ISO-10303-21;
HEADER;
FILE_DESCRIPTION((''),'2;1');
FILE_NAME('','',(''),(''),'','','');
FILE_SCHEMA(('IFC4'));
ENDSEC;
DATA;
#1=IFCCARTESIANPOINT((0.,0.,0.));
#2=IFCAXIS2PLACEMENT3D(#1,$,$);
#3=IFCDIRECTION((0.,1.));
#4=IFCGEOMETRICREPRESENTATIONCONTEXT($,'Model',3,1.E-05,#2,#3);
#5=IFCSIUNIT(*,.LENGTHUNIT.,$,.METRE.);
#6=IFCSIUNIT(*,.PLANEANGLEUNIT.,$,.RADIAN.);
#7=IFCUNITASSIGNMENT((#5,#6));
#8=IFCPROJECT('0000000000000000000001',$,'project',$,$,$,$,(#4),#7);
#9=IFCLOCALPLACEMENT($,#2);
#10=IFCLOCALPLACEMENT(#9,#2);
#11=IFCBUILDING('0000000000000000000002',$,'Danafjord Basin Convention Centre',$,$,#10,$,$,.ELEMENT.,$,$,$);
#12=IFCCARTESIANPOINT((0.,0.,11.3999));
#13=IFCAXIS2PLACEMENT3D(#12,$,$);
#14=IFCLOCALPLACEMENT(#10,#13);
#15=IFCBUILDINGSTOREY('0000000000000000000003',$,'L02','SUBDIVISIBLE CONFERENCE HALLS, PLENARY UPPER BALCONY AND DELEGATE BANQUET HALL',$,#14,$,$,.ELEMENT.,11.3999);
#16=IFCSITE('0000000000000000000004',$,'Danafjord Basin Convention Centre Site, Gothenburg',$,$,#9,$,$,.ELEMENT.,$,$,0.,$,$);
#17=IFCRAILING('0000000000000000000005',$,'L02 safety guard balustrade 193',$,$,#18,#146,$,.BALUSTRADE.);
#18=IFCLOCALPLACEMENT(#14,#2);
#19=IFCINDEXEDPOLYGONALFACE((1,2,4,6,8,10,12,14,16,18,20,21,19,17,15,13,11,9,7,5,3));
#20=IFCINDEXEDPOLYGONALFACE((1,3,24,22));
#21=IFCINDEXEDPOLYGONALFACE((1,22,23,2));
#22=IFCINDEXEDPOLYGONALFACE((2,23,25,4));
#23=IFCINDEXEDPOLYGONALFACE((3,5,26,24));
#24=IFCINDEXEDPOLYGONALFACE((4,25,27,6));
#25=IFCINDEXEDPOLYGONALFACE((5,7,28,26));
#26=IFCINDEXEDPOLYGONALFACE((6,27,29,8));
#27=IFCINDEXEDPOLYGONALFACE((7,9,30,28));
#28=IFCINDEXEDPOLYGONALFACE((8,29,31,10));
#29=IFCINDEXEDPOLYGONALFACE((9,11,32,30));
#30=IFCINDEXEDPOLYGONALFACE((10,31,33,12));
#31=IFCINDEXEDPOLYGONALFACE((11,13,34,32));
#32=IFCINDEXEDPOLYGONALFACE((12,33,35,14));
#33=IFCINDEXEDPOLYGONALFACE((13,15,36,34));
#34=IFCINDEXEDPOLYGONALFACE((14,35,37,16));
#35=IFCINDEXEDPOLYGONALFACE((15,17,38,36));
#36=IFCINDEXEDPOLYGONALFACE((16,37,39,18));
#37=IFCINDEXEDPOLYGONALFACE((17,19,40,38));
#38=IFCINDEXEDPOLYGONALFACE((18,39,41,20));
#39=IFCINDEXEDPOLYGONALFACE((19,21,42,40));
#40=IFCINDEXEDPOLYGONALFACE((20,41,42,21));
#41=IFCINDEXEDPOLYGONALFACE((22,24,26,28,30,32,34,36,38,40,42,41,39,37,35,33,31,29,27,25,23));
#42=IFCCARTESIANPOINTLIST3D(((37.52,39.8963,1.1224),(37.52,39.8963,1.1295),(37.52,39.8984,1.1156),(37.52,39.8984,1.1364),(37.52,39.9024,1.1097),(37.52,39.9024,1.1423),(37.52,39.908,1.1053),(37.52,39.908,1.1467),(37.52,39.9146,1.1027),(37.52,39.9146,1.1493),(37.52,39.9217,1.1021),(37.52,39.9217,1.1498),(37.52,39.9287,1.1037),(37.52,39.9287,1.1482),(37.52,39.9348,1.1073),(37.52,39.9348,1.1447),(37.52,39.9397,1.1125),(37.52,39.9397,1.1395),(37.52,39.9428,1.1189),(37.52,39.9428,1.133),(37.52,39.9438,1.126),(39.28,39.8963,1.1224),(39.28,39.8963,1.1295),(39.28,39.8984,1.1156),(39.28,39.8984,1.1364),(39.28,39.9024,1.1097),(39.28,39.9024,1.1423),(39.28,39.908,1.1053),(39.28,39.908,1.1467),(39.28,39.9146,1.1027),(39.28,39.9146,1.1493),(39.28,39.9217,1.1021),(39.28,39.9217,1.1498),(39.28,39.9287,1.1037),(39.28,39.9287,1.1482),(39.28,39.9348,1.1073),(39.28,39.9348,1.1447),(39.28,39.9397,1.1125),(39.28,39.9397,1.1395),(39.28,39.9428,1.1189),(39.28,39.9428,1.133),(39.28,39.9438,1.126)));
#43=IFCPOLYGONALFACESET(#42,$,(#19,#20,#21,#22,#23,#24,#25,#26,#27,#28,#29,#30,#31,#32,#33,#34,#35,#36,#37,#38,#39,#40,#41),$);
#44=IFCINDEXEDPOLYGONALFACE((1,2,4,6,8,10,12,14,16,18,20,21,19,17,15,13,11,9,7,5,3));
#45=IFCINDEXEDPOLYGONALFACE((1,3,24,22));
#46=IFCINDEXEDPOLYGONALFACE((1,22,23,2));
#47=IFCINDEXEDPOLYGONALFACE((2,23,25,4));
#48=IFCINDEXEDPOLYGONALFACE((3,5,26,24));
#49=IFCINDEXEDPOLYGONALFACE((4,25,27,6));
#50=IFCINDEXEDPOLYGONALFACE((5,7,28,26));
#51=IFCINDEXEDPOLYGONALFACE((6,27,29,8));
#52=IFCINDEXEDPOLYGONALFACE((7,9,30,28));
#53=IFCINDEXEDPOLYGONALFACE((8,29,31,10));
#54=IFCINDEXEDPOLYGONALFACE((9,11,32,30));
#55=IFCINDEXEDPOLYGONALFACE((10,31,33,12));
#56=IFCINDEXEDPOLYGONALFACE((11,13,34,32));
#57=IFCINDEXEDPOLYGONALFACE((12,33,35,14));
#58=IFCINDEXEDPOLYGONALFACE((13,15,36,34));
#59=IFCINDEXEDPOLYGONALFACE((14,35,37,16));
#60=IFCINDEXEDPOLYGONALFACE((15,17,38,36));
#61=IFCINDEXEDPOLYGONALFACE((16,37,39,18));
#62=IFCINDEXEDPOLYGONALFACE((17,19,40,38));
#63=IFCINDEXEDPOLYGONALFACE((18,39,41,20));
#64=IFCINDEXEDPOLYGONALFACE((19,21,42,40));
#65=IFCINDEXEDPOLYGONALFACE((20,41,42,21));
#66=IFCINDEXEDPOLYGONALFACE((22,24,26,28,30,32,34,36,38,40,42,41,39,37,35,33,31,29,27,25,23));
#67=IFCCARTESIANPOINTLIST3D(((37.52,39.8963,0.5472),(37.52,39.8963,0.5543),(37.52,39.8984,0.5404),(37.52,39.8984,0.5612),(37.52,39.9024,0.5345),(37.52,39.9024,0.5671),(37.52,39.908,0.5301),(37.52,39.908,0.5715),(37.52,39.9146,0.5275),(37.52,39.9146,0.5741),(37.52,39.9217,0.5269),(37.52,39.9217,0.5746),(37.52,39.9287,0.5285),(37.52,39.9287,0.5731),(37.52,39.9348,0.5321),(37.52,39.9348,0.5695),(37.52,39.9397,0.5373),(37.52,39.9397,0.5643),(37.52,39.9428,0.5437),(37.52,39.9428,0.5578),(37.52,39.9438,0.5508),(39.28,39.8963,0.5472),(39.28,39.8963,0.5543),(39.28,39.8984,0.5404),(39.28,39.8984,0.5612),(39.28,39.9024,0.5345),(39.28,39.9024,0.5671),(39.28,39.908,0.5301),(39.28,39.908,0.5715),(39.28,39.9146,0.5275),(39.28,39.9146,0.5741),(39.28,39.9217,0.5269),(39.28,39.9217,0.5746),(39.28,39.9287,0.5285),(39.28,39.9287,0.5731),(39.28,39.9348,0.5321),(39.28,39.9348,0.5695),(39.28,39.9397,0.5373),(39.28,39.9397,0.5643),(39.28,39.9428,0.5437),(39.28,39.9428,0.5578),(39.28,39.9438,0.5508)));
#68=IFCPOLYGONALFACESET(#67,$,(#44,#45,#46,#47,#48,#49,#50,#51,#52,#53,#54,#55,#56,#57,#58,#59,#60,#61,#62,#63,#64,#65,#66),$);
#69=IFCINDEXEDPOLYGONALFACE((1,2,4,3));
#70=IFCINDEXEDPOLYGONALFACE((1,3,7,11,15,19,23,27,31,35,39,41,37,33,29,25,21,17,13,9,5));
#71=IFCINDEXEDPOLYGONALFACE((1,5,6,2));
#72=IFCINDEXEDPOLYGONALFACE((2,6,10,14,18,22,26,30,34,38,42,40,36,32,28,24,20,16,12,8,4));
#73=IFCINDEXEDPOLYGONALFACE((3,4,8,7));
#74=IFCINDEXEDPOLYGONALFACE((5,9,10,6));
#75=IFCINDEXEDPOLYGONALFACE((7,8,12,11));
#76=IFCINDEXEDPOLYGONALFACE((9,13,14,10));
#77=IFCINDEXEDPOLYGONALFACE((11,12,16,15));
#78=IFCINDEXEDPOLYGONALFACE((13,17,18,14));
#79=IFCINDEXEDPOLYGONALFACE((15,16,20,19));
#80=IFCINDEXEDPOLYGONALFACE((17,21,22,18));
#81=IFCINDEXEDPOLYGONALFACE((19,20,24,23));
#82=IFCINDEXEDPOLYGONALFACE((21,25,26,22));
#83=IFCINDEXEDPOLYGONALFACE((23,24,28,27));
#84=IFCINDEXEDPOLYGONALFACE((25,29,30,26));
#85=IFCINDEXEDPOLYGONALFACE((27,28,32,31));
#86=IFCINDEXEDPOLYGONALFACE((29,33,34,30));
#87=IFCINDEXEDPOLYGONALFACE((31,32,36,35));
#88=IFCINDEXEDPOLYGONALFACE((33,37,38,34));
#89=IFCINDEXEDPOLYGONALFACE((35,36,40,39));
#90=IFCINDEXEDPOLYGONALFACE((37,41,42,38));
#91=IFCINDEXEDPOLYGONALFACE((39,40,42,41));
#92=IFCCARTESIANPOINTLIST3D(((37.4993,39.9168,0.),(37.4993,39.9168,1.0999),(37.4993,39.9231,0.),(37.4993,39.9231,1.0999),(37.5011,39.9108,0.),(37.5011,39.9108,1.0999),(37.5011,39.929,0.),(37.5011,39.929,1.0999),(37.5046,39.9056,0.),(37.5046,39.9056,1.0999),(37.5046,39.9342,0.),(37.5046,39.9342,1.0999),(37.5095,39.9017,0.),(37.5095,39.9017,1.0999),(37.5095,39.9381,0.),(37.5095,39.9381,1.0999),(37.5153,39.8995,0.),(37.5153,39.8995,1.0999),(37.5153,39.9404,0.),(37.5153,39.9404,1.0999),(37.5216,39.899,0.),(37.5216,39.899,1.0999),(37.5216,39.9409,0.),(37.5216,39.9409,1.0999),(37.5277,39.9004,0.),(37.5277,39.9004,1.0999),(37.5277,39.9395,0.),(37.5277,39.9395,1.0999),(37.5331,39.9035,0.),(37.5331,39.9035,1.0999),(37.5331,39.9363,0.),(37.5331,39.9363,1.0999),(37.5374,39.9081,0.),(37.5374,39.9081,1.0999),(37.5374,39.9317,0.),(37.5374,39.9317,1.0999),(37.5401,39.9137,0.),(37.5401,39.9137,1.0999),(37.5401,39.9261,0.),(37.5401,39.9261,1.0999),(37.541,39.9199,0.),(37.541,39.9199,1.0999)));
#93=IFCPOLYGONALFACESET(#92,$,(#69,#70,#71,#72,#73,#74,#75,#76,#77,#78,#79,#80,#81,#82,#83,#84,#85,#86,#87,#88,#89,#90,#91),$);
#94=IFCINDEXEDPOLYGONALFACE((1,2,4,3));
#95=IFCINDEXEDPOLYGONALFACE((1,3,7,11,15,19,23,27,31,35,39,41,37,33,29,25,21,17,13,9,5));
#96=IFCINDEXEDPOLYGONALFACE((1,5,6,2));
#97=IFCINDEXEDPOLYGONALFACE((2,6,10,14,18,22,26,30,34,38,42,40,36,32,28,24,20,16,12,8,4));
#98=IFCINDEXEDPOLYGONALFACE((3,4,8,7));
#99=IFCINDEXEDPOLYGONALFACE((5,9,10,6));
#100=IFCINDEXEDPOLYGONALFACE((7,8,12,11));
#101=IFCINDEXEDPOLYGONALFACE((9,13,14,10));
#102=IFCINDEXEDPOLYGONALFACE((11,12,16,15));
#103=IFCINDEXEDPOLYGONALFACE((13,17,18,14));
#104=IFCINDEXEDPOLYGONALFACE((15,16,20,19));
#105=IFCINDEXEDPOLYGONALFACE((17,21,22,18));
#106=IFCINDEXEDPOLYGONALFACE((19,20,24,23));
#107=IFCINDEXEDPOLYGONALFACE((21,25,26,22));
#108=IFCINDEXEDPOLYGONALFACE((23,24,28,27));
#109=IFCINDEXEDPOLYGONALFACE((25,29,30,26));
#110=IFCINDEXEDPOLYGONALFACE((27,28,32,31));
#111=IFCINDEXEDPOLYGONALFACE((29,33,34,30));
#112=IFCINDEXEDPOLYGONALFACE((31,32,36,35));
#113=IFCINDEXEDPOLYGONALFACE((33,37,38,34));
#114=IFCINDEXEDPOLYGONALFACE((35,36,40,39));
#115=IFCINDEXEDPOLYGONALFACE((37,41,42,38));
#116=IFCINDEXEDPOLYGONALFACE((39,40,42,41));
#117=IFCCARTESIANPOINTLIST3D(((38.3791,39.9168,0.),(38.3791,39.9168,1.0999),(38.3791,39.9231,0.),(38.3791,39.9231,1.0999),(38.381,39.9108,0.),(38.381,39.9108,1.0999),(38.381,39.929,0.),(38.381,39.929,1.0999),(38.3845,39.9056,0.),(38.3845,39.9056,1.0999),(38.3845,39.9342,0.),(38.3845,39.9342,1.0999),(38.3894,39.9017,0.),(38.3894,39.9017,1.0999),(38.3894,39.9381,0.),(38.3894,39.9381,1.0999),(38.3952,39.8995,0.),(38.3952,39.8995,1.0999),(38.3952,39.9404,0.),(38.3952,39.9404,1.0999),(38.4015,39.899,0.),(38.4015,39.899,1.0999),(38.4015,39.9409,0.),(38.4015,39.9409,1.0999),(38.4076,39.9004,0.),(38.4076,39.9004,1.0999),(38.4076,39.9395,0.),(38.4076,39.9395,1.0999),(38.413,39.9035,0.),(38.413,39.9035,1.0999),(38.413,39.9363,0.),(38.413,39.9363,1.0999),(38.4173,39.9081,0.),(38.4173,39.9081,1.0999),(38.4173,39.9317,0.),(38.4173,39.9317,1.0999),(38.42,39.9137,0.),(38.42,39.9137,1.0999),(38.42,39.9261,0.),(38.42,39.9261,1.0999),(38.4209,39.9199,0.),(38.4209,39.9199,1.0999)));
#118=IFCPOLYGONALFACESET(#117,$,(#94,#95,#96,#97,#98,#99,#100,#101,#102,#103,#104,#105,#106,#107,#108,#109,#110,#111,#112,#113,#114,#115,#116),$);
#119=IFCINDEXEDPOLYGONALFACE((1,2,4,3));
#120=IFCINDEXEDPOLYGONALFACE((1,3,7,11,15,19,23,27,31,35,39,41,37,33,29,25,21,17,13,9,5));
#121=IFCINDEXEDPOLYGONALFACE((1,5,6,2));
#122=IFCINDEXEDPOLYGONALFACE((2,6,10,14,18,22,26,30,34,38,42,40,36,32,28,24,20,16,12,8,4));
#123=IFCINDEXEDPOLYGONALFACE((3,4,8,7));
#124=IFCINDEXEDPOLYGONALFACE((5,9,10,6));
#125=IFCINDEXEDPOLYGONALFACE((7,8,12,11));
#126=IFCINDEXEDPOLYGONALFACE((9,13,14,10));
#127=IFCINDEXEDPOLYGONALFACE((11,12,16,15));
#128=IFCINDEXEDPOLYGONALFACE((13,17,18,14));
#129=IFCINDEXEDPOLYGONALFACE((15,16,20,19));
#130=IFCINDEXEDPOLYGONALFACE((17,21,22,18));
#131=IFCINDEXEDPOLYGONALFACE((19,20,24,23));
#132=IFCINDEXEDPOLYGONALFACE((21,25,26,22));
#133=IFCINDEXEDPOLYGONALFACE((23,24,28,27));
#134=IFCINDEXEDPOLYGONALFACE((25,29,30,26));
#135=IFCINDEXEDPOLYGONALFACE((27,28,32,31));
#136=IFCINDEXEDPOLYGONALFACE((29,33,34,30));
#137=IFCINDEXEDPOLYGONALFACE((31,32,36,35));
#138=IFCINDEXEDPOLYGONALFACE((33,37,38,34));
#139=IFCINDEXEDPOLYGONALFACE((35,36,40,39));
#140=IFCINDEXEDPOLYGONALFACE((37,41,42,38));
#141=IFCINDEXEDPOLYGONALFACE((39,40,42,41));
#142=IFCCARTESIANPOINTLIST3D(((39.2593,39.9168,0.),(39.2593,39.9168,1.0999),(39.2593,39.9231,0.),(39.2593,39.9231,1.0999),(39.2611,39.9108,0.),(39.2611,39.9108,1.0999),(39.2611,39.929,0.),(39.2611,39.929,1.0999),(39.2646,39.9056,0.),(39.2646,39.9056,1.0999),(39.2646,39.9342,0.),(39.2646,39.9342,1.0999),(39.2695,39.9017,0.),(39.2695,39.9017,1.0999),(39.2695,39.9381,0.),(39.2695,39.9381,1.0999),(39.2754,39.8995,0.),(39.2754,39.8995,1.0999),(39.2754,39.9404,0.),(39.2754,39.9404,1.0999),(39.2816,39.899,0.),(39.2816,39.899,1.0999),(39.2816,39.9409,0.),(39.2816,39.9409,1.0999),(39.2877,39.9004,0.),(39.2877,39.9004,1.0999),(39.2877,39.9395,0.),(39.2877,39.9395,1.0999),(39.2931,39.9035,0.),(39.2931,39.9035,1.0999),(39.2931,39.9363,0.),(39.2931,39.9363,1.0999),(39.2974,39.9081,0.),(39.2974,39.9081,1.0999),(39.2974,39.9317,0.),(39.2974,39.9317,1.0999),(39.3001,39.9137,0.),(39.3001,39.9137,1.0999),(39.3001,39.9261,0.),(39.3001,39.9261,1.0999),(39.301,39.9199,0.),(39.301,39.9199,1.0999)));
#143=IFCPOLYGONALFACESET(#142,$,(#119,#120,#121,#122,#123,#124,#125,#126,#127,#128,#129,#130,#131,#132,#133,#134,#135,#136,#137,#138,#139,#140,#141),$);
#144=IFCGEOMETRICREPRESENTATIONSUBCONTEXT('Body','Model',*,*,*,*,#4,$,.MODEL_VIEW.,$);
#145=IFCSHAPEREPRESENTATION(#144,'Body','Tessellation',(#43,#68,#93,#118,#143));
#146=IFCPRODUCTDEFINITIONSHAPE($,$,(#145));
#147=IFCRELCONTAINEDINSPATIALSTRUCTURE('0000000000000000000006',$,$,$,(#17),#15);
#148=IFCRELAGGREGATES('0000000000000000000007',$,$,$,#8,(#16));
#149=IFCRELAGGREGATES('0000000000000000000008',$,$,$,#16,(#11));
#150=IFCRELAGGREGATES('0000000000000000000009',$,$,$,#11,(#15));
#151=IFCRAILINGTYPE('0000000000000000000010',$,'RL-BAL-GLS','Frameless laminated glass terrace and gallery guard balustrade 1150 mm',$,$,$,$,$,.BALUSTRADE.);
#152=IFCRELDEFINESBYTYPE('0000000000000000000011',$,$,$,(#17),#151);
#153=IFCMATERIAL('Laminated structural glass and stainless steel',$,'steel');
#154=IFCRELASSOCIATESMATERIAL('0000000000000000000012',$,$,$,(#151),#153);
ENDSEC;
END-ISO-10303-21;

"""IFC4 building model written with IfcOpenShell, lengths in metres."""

from ifc_helpers import new_model, si_unit, direction, frame, origin, origin_2d, place, context, subcontext, project, spatial, circle, extrude, material, type_object, element, save


model = new_model("IFC4")

# Units and contexts
model_context = context("Model", 3, precision=1e-05, world=origin(), true_north=direction((0.0, 1.0)))
body_context = subcontext(model_context, "Body", "Model", "MODEL_VIEW")
ifc_project = project(units=[si_unit("LENGTHUNIT", "METRE"), si_unit("PLANEANGLEUNIT", "RADIAN")], contexts=[model_context])

# Site, building, storey
site_placement = place(None, origin())
site = spatial("IfcSite", under=ifc_project, at=site_placement, Name="Danafjord Basin Convention Centre Site, Gothenburg", CompositionType="ELEMENT", RefElevation=0.0)
building_placement = place(site_placement, origin())
building = spatial("IfcBuilding", under=site, at=building_placement, Name="Danafjord Basin Convention Centre", CompositionType="ELEMENT")
storey_placement = place(building_placement, frame((0.0, 0.0, 11.3999)))
storey = spatial("IfcBuildingStorey", under=building, at=storey_placement, Name="L02", Description="SUBDIVISIBLE CONFERENCE HALLS, PLENARY UPPER BALCONY AND DELEGATE BANQUET HALL", CompositionType="ELEMENT", Elevation=11.3999)

# Railing
ifc_material_1 = material(Name="Laminated structural glass and stainless steel", Category="steel")
railing_type = type_object("IfcRailingType", Name="RL-BAL-GLS", Description="Frameless laminated glass terrace and gallery guard balustrade 1150 mm", PredefinedType="BALUSTRADE", material=ifc_material_1)
railing_1_placement = place(storey_placement, frame((37.52, 39.9199, 0.0)))
element("IfcRailing", 1, at=railing_1_placement, inside=storey, type_object=railing_type, Name="L02 safety guard balustrade 193", PredefinedType="BALUSTRADE", context=body_context, shape_type="SweptSolid", body=[
    extrude(circle(Radius=0.0239, at=origin_2d()), frame((0.0, 0.0, 1.126), z_axis=(1.0, 0.0, 0.0), x_axis=(0.0, 1.0, 0.0)), (0.0, 0.0, 1.0), 1.76),
    extrude(circle(Radius=0.0239, at=origin_2d()), frame((0.0, 0.0, 0.5508), z_axis=(1.0, 0.0, 0.0), x_axis=(0.0, 1.0, 0.0)), (0.0, 0.0, 1.0), 1.76),
    extrude(circle(Radius=0.021, at=origin_2d()), origin(), (0.0, 0.0, 1.0), 1.0999),
    extrude(circle(Radius=0.021, at=origin_2d()), frame((0.8799, 0.0, 0.0)), (0.0, 0.0, 1.0), 1.0999),
    extrude(circle(Radius=0.021, at=origin_2d()), frame((1.76, 0.0, 0.0)), (0.0, 0.0, 1.0), 1.0999),
])

save(model, "model.ifc")
